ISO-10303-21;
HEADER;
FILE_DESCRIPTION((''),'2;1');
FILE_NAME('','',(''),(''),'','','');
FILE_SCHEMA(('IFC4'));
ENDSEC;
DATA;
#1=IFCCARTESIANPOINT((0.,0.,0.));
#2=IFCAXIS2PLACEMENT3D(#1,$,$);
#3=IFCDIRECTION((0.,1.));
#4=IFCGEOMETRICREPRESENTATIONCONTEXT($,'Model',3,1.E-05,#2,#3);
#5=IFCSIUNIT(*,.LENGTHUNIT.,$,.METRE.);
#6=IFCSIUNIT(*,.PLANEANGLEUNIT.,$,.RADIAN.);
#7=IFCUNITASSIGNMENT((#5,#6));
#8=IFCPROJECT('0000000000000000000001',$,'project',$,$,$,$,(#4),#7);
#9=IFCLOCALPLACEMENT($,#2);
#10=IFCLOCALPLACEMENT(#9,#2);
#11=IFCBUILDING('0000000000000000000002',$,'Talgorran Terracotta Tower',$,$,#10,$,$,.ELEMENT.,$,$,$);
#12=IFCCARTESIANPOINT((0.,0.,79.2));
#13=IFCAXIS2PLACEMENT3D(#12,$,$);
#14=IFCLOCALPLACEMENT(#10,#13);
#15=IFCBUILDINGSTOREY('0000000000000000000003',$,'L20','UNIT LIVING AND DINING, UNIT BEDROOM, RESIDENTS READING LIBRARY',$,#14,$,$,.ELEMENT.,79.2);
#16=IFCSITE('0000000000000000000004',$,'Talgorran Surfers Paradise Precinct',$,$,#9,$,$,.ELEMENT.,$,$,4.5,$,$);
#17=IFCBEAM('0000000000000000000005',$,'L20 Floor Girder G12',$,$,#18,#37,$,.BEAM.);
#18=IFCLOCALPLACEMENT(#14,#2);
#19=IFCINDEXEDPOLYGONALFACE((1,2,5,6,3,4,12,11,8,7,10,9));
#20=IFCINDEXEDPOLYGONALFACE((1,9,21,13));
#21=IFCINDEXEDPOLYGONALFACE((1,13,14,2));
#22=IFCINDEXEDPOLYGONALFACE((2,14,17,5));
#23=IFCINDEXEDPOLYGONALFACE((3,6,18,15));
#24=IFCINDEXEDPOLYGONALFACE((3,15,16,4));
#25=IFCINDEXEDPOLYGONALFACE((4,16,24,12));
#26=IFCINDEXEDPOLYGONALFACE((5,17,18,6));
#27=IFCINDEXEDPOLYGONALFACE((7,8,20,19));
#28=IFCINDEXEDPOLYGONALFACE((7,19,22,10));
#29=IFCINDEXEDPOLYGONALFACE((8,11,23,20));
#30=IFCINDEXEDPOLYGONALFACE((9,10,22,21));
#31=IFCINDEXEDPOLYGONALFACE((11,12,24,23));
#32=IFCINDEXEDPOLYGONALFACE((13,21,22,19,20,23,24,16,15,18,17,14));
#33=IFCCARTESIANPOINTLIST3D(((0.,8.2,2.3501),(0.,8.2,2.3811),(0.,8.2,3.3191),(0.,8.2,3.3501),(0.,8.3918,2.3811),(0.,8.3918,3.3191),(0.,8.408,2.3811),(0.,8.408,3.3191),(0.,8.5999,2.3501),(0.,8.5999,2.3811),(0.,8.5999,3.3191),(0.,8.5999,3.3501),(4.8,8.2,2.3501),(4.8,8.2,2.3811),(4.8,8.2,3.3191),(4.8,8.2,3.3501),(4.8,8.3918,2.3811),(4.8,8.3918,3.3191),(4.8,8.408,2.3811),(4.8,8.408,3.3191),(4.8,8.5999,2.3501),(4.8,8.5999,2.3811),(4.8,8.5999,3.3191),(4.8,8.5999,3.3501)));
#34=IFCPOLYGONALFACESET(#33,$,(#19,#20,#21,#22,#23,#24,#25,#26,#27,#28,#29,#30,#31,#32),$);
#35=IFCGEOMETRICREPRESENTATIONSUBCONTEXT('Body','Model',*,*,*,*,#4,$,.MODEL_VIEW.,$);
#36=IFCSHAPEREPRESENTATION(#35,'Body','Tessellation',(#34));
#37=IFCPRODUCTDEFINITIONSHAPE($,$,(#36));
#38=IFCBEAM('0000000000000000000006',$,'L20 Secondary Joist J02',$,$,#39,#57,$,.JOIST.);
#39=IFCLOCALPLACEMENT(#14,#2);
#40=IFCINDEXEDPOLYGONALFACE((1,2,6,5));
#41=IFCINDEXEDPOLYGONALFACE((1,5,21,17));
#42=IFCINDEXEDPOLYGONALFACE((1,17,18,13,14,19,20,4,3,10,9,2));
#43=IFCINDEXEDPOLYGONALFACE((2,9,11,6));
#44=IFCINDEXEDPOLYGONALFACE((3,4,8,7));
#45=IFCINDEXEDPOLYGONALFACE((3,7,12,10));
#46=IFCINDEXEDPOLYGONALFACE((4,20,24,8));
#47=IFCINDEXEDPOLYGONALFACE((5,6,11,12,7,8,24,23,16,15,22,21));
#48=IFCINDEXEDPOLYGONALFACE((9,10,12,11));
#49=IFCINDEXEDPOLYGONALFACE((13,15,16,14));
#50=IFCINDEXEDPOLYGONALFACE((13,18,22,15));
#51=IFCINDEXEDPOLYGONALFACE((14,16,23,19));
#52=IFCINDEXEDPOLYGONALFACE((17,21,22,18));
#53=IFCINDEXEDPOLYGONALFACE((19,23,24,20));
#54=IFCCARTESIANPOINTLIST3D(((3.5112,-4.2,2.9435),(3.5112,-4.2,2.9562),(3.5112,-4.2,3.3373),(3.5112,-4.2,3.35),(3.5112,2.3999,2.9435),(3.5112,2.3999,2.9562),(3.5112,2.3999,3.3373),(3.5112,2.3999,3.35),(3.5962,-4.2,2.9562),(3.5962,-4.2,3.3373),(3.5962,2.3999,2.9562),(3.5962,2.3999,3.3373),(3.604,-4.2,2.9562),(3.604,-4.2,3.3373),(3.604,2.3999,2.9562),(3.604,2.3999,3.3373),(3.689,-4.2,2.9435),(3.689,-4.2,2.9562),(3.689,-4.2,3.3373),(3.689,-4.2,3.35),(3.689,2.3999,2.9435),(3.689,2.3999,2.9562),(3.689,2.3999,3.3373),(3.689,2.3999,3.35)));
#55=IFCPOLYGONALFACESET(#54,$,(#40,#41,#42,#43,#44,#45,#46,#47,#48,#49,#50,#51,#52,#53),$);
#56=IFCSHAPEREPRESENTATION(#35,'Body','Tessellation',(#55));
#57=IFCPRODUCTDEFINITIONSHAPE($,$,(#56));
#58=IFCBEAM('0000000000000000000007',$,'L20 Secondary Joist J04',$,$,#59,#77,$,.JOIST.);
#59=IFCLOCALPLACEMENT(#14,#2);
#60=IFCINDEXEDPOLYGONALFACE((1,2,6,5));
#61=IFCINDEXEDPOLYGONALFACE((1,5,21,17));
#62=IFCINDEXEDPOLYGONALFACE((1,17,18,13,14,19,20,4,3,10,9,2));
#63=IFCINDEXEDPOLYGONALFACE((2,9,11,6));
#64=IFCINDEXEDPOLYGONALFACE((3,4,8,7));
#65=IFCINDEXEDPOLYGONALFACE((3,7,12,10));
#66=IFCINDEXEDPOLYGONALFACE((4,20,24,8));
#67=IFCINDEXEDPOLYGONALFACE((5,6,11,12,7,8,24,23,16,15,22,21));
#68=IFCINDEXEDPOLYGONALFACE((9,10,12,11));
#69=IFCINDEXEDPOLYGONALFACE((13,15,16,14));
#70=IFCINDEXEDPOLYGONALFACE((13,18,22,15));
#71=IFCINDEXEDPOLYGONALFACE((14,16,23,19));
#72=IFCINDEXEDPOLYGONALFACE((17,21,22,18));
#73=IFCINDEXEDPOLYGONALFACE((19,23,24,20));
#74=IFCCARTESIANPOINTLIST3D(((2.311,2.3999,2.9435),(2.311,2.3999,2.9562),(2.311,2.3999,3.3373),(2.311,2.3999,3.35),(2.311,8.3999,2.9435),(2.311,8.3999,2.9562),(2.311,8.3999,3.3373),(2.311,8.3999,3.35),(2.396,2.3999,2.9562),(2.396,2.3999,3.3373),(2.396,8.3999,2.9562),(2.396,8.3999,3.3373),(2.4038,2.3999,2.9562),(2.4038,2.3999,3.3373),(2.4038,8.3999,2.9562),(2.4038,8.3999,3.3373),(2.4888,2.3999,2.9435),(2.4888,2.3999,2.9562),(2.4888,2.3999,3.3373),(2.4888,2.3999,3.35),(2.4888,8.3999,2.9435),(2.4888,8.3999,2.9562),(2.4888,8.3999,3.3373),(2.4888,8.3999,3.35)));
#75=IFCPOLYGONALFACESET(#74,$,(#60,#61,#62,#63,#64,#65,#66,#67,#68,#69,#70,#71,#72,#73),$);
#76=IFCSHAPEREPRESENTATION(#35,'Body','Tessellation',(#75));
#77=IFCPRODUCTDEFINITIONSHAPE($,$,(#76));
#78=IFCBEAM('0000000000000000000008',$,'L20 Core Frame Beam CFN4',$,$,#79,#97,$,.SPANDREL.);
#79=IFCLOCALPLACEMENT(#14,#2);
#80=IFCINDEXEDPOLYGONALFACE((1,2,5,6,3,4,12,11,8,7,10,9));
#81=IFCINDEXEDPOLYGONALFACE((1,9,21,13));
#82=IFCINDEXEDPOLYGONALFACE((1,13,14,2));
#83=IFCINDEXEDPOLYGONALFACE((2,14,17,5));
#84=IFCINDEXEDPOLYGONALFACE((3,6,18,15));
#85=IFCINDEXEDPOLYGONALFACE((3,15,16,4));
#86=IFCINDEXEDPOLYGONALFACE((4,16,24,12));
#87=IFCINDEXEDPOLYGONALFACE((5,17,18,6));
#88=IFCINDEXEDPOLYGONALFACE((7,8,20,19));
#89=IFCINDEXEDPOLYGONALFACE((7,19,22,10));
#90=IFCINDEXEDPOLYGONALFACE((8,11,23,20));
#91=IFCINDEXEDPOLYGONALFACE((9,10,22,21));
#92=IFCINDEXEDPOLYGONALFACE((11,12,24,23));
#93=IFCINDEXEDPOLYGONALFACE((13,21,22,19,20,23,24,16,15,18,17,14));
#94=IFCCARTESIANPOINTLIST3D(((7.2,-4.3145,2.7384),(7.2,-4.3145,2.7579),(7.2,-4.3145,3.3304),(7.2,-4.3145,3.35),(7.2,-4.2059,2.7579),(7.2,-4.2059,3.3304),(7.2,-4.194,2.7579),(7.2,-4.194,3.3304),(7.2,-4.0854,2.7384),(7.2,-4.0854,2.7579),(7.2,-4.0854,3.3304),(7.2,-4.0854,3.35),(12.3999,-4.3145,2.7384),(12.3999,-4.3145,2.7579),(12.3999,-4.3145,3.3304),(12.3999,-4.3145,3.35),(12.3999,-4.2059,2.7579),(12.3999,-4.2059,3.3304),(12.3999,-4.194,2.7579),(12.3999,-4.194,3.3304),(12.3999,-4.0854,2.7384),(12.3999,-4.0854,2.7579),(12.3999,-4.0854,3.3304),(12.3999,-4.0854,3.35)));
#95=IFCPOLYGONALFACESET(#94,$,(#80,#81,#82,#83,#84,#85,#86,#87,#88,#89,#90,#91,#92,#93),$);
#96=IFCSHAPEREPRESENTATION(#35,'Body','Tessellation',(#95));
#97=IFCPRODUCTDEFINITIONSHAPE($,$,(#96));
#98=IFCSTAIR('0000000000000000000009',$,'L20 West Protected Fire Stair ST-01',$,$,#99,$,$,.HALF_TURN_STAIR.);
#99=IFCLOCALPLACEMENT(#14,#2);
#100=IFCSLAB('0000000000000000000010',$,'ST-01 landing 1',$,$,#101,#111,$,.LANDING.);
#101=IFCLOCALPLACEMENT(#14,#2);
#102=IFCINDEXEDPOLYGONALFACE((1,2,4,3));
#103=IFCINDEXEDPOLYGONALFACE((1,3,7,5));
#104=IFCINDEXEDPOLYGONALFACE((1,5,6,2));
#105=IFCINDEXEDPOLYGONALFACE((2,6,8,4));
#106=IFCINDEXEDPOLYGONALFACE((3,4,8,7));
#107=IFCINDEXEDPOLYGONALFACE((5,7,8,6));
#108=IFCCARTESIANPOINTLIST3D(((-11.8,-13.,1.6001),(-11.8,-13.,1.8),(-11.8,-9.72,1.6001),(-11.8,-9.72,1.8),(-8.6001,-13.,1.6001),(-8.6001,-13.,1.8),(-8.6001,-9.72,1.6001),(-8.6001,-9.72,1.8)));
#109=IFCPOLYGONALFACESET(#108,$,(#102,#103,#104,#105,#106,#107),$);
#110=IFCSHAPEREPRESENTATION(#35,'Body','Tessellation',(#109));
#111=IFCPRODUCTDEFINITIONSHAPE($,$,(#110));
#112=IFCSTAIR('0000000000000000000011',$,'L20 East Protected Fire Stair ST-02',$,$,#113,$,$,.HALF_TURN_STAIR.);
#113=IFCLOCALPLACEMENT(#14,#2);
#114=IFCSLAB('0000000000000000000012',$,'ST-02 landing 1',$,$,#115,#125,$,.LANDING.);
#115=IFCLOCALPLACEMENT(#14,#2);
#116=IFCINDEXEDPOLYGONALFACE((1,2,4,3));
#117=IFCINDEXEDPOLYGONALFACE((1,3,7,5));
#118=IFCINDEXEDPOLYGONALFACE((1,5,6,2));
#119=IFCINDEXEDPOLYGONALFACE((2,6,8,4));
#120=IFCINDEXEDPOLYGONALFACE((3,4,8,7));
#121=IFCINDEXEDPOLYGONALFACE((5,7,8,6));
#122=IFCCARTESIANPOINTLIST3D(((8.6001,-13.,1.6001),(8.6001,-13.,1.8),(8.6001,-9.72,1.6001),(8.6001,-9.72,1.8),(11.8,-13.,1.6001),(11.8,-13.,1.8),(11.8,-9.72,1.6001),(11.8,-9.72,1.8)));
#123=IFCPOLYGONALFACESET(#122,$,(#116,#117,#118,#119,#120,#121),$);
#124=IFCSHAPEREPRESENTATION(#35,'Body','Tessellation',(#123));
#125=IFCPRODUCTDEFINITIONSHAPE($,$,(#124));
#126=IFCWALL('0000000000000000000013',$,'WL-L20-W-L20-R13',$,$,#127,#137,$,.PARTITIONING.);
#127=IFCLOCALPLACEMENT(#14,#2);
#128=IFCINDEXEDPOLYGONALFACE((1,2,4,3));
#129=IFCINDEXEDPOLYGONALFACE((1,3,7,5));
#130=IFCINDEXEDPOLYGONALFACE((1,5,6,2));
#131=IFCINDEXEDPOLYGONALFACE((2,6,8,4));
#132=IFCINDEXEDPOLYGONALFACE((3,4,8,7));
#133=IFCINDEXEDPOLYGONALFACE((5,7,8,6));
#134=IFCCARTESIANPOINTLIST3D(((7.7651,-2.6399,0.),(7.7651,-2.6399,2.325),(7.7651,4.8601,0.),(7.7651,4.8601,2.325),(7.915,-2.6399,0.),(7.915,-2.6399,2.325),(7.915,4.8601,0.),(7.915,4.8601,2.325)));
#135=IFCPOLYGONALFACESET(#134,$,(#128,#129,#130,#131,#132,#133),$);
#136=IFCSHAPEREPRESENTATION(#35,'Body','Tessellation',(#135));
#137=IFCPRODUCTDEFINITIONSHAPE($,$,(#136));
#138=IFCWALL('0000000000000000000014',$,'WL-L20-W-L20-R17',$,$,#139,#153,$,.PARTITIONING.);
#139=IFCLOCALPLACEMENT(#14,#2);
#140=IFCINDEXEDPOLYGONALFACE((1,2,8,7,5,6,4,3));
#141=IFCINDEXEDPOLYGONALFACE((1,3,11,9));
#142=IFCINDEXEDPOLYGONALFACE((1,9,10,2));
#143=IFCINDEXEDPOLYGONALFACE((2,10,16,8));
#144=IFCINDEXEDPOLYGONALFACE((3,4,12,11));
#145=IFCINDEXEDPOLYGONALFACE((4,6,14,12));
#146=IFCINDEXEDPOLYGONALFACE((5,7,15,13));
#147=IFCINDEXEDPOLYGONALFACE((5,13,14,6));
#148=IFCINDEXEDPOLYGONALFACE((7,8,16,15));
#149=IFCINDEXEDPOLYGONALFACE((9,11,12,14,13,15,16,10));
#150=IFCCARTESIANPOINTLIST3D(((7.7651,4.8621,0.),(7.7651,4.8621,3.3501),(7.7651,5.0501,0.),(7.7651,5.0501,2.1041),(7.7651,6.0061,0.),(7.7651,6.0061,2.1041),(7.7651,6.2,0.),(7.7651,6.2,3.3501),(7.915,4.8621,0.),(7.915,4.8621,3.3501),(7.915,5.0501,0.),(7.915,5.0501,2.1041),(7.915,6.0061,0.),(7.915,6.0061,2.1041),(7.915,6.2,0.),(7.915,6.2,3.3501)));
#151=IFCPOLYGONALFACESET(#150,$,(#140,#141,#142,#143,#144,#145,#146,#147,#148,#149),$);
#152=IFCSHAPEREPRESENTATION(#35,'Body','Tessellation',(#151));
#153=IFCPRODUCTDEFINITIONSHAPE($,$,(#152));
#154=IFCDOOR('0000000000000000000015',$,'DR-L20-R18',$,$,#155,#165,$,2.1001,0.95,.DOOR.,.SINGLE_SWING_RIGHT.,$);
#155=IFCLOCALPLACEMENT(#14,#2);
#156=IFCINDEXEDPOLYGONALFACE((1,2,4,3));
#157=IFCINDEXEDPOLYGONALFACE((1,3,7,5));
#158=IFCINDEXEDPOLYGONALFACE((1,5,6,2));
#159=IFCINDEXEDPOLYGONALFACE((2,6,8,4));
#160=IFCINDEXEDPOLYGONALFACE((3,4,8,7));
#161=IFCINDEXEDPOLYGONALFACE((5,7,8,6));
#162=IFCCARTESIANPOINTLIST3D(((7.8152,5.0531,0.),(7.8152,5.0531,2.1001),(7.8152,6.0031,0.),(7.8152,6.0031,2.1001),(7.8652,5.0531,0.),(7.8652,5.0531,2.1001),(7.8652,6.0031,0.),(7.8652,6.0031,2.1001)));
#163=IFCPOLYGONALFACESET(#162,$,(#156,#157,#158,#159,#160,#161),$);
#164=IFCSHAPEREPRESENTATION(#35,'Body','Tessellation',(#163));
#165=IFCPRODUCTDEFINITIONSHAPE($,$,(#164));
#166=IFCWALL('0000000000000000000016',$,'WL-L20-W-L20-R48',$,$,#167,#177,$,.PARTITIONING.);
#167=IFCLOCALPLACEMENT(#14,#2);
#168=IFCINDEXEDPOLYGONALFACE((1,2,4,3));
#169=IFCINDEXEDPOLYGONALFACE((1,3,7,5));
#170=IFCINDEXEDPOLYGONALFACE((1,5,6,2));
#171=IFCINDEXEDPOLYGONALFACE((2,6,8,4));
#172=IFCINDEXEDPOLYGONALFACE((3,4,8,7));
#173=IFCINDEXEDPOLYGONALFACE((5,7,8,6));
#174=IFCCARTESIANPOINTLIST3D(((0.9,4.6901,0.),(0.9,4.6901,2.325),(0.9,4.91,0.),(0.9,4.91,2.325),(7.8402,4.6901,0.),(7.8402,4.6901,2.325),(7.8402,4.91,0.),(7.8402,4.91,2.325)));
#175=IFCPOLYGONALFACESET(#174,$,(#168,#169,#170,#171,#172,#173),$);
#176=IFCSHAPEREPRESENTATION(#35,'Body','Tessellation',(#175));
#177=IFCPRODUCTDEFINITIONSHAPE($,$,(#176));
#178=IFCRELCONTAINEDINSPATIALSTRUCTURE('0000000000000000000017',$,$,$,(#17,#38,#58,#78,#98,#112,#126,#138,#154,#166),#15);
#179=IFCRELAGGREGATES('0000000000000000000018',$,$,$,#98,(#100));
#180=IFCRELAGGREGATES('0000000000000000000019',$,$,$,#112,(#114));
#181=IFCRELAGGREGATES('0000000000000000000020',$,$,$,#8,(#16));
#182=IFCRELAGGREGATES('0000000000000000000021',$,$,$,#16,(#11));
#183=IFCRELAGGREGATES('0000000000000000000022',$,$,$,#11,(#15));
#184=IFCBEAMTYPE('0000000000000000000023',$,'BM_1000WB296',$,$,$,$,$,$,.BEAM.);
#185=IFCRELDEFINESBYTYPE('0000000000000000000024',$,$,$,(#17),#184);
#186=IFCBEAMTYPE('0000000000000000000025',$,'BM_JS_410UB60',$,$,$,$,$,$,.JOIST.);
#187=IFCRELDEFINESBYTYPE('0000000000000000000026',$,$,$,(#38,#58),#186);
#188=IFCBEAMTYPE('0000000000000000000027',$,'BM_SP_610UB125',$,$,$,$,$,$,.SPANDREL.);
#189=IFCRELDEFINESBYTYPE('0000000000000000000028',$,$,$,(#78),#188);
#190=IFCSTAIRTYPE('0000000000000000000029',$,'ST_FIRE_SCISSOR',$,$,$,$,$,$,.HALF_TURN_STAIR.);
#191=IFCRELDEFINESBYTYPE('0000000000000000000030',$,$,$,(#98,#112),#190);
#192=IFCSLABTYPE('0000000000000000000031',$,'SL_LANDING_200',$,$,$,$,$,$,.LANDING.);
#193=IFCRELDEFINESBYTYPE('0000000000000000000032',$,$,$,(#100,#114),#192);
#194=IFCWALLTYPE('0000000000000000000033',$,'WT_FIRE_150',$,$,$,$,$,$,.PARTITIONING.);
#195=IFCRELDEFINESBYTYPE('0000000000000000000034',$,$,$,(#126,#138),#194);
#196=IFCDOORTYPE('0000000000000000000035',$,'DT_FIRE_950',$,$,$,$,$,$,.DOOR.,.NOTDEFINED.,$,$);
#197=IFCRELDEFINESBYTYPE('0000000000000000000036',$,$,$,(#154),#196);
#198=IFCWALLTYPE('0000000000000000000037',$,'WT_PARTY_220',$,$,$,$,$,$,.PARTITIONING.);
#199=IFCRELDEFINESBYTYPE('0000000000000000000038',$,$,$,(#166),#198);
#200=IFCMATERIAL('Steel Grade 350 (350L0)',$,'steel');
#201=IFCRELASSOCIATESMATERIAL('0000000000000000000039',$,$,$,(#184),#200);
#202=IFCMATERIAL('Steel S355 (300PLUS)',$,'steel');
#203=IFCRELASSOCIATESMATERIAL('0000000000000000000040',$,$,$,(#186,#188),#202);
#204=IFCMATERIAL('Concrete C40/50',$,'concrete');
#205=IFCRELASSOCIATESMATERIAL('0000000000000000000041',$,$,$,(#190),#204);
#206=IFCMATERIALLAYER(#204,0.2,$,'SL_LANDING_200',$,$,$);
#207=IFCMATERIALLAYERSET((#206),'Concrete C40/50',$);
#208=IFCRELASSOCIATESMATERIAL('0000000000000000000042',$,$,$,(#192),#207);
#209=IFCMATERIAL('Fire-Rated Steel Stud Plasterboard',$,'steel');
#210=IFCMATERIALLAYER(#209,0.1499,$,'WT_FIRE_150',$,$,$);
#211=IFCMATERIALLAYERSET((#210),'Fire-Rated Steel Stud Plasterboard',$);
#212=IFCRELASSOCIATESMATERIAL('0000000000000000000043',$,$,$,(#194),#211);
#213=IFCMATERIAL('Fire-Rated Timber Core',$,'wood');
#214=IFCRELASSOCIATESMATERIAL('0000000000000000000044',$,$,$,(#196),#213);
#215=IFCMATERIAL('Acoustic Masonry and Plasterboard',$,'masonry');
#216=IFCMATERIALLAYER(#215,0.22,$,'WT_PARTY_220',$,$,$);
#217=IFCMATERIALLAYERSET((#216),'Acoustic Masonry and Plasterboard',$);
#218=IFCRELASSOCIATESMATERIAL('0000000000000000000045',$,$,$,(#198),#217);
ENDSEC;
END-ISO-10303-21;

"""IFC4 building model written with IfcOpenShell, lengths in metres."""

from ifc_helpers import new_model, si_unit, direction, frame, frame_2d, origin, origin_2d, place, context, subcontext, project, spatial, polyline, rectangle, i_section, outline, extrude, material, layer, layer_set, material_profile, profile_set, type_object, element, fill, aggregate, save


model = new_model("IFC4")

# Units and contexts
model_context = context("Model", 3, precision=1e-05, world=origin(), true_north=direction((0.0, 1.0)))
body_context = subcontext(model_context, "Body", "Model", "MODEL_VIEW")
ifc_project = project(units=[si_unit("LENGTHUNIT", "METRE"), si_unit("PLANEANGLEUNIT", "RADIAN")], contexts=[model_context])

# Site, building, storey
site_placement = place(None, origin())
site = spatial("IfcSite", under=ifc_project, at=site_placement, Name="Talgorran Surfers Paradise Precinct", CompositionType="ELEMENT", RefElevation=4.5)
building_placement = place(site_placement, origin())
building = spatial("IfcBuilding", under=site, at=building_placement, Name="Talgorran Terracotta Tower", CompositionType="ELEMENT")
storey_placement = place(building_placement, frame((0.0, 0.0, 79.2)))
storey = spatial("IfcBuildingStorey", under=building, at=storey_placement, Name="L20", Description="UNIT LIVING AND DINING, UNIT BEDROOM, RESIDENTS READING LIBRARY", CompositionType="ELEMENT", Elevation=79.2)

# Shared definitions
ifc_material_1 = material(Name="Steel S355 (300PLUS)", Category="steel")

# Beams
ifc_material_2 = material(Name="Steel Grade 350 (350L0)", Category="steel")
ifc_material_profile_1 = material_profile(ifc_material_2, i_section(OverallWidth=0.3999, OverallDepth=1.0, WebThickness=0.0161, FlangeThickness=0.031, at=origin_2d()), Name="1000WB296")
ifc_profile_set_1 = profile_set([ifc_material_profile_1], Name="Steel Grade 350 (350L0)")
beam_type_1 = type_object("IfcBeamType", Name="BM_1000WB296", PredefinedType="BEAM", material=ifc_profile_set_1)
beam_1_placement = place(storey_placement, frame((0.0, 8.3999, 2.8501), z_axis=(1.0, 0.0, 0.0), x_axis=(0.0, 1.0, 0.0)))
element("IfcBeam", 1, at=beam_1_placement, inside=storey, type_object=beam_type_1, Name="L20 Floor Girder G12", PredefinedType="BEAM", context=body_context, shape_type="SweptSolid", body=[
    extrude(i_section(OverallWidth=0.3999, OverallDepth=1.0, WebThickness=0.0161, FlangeThickness=0.031, at=origin_2d()), origin(), (0.0, 0.0, 1.0), 4.8),
])
ifc_material_profile_2 = material_profile(ifc_material_1, i_section(OverallWidth=0.1777, OverallDepth=0.4065, WebThickness=0.0078, FlangeThickness=0.0127, at=origin_2d()), Name="410UB59.7")
ifc_profile_set_2 = profile_set([ifc_material_profile_2], Name="Steel S355 (300PLUS)")
beam_type_2 = type_object("IfcBeamType", Name="BM_JS_410UB60", PredefinedType="JOIST", material=ifc_profile_set_2)
beam_2_placement = place(storey_placement, frame((3.6001, -4.2, 3.1467), z_axis=(0.0, 1.0, 0.0), x_axis=(-1.0, 0.0, 0.0)))
element("IfcBeam", 2, at=beam_2_placement, inside=storey, type_object=beam_type_2, Name="L20 Secondary Joist J02", PredefinedType="JOIST", context=body_context, shape_type="SweptSolid", body=[
    extrude(i_section(OverallWidth=0.1777, OverallDepth=0.4065, WebThickness=0.0078, FlangeThickness=0.0127, at=origin_2d()), origin(), (0.0, 0.0, 1.0), 6.5999),
])
beam_3_placement = place(storey_placement, frame((2.3999, 2.3999, 3.1467), z_axis=(0.0, 1.0, 0.0), x_axis=(-1.0, 0.0, 0.0)))
element("IfcBeam", 3, at=beam_3_placement, inside=storey, type_object=beam_type_2, Name="L20 Secondary Joist J04", PredefinedType="JOIST", context=body_context, shape_type="SweptSolid", body=[
    extrude(i_section(OverallWidth=0.1777, OverallDepth=0.4065, WebThickness=0.0078, FlangeThickness=0.0127, at=origin_2d()), origin(), (0.0, 0.0, 1.0), 6.0),
])
ifc_material_profile_3 = material_profile(ifc_material_1, i_section(OverallWidth=0.229, OverallDepth=0.6116, WebThickness=0.012, FlangeThickness=0.0195, at=origin_2d()), Name="610UB125")
ifc_profile_set_3 = profile_set([ifc_material_profile_3], Name="Steel S355 (300PLUS)")
beam_type_3 = type_object("IfcBeamType", Name="BM_SP_610UB125", PredefinedType="SPANDREL", material=ifc_profile_set_3)
beam_4_placement = place(storey_placement, frame((7.2, -4.2, 3.0442), z_axis=(1.0, 0.0, 0.0), x_axis=(0.0, 1.0, 0.0)))
element("IfcBeam", 4, at=beam_4_placement, inside=storey, type_object=beam_type_3, Name="L20 Core Frame Beam CFN4", PredefinedType="SPANDREL", context=body_context, shape_type="SweptSolid", body=[
    extrude(i_section(OverallWidth=0.229, OverallDepth=0.6116, WebThickness=0.012, FlangeThickness=0.0195, at=origin_2d()), origin(), (0.0, 0.0, 1.0), 5.2),
])

# Stairs, slabs
ifc_material_3 = material(Name="Concrete C40/50", Category="concrete")
stair_type = type_object("IfcStairType", Name="ST_FIRE_SCISSOR", PredefinedType="HALF_TURN_STAIR", material=ifc_material_3)
stair_1_placement = place(storey_placement, origin())
stair_1 = element("IfcStair", 5, at=stair_1_placement, inside=storey, type_object=stair_type, Name="L20 West Protected Fire Stair ST-01", PredefinedType="HALF_TURN_STAIR")
ifc_layer_1 = layer(ifc_material_3, 0.2, Name="SL_LANDING_200")
ifc_layer_set_1 = layer_set([ifc_layer_1], Name="Concrete C40/50")
slab_type = type_object("IfcSlabType", Name="SL_LANDING_200", PredefinedType="LANDING", material=ifc_layer_set_1)
slab_1_placement = place(storey_placement, frame((0.0, 0.0, 1.6001)))
slab_1 = element("IfcSlab", 6, at=slab_1_placement, type_object=slab_type, Name="ST-01 landing 1", PredefinedType="LANDING", context=body_context, shape_type="SweptSolid", body=[
    extrude(outline(polyline([(-11.8, -9.72), (-11.8, -13.0), (-8.6001, -13.0), (-8.6001, -9.72), (-11.8, -9.72)])), origin(), (0.0, 0.0, 1.0), 0.2),
])
aggregate(stair_1, [slab_1])
stair_2_placement = place(storey_placement, origin())
stair_2 = element("IfcStair", 7, at=stair_2_placement, inside=storey, type_object=stair_type, Name="L20 East Protected Fire Stair ST-02", PredefinedType="HALF_TURN_STAIR")
slab_2_placement = place(storey_placement, frame((0.0, 0.0, 1.6001)))
slab_2 = element("IfcSlab", 8, at=slab_2_placement, type_object=slab_type, Name="ST-02 landing 1", PredefinedType="LANDING", context=body_context, shape_type="SweptSolid", body=[
    extrude(outline(polyline([(8.6001, -9.72), (8.6001, -13.0), (11.8, -13.0), (11.8, -9.72), (8.6001, -9.72)])), origin(), (0.0, 0.0, 1.0), 0.2),
])
aggregate(stair_2, [slab_2])

# Wall
ifc_material_4 = material(Name="Fire-Rated Steel Stud Plasterboard", Category="steel")
ifc_layer_2 = layer(ifc_material_4, 0.1499, Name="WT_FIRE_150")
ifc_layer_set_2 = layer_set([ifc_layer_2], Name="Fire-Rated Steel Stud Plasterboard")
wall_type_1 = type_object("IfcWallType", Name="WT_FIRE_150", PredefinedType="PARTITIONING", material=ifc_layer_set_2)
wall_1_placement = place(storey_placement, frame((7.8401, -2.6399, 0.0), z_axis=(0.0, 0.0, 1.0), x_axis=(0.0, 1.0, 0.0)))
element("IfcWall", 9, at=wall_1_placement, inside=storey, type_object=wall_type_1, Name="WL-L20-W-L20-R13", PredefinedType="PARTITIONING", context=body_context, shape_type="SweptSolid", body=[
    extrude(rectangle(XDim=7.5, YDim=0.1499, at=frame_2d((3.75, 0.0))), origin(), (0.0, 0.0, 1.0), 2.325),
])

# Wall, opening, door
wall_2_placement = place(storey_placement, frame((7.8401, 4.8621, 0.0), z_axis=(0.0, 0.0, 1.0), x_axis=(0.0, 1.0, 0.0)))
wall_2 = element("IfcWall", 10, at=wall_2_placement, inside=storey, type_object=wall_type_1, Name="WL-L20-W-L20-R17", PredefinedType="PARTITIONING", context=body_context, shape_type="SweptSolid", body=[
    extrude(rectangle(XDim=1.3379, YDim=0.1499, at=frame_2d((0.6689, 0.0))), origin(), (0.0, 0.0, 1.0), 3.3501),
])
opening_1_placement = place(wall_2_placement, frame((0.1909, 0.0, 0.0)))
opening_1 = element("IfcOpeningElement", 11, at=opening_1_placement, cuts=wall_2, PredefinedType="OPENING", context=body_context, shape_type="SweptSolid", body=[
    extrude(rectangle(XDim=0.956, YDim=2.1041, at=frame_2d((0.4751, 1.052))), frame((0.0, 0.085, 0.0), z_axis=(0.0, -1.0, 0.0), x_axis=(1.0, 0.0, 0.0)), (0.0, 0.0, 1.0), 0.1699),
])
ifc_material_5 = material(Name="Fire-Rated Timber Core", Category="wood")
door_type_1 = type_object("IfcDoorType", Name="DT_FIRE_950", OperationType="NOTDEFINED", PredefinedType="DOOR", material=ifc_material_5)
door_1_placement = place(opening_1_placement, origin())
door_1 = element("IfcDoor", 12, at=door_1_placement, inside=storey, type_object=door_type_1, Name="DR-L20-R18", OperationType="SINGLE_SWING_RIGHT", OverallHeight=2.1001, OverallWidth=0.95, PredefinedType="DOOR", context=body_context, shape_type="SweptSolid", body=[
    extrude(rectangle(XDim=0.95, YDim=2.1001, at=frame_2d((0.4751, 1.05))), frame((0.0, 0.0249, 0.0), z_axis=(0.0, -1.0, 0.0), x_axis=(1.0, 0.0, 0.0)), (0.0, 0.0, 1.0), 0.05),
])
fill(opening_1, door_1)

# Wall
ifc_material_6 = material(Name="Acoustic Masonry and Plasterboard", Category="masonry")
ifc_layer_3 = layer(ifc_material_6, 0.22, Name="WT_PARTY_220")
ifc_layer_set_3 = layer_set([ifc_layer_3], Name="Acoustic Masonry and Plasterboard")
wall_type_2 = type_object("IfcWallType", Name="WT_PARTY_220", PredefinedType="PARTITIONING", material=ifc_layer_set_3)
wall_3_placement = place(storey_placement, frame((0.8999, 4.8, 0.0), z_axis=(0.0, 0.0, 1.0), x_axis=(1.0, 0.0, 0.0)))
element("IfcWall", 13, at=wall_3_placement, inside=storey, type_object=wall_type_2, Name="WL-L20-W-L20-R48", PredefinedType="PARTITIONING", context=body_context, shape_type="SweptSolid", body=[
    extrude(rectangle(XDim=6.9402, YDim=0.22, at=frame_2d((3.4702, 0.0))), origin(), (0.0, 0.0, 1.0), 2.325),
])

save(model, "model.ifc")
